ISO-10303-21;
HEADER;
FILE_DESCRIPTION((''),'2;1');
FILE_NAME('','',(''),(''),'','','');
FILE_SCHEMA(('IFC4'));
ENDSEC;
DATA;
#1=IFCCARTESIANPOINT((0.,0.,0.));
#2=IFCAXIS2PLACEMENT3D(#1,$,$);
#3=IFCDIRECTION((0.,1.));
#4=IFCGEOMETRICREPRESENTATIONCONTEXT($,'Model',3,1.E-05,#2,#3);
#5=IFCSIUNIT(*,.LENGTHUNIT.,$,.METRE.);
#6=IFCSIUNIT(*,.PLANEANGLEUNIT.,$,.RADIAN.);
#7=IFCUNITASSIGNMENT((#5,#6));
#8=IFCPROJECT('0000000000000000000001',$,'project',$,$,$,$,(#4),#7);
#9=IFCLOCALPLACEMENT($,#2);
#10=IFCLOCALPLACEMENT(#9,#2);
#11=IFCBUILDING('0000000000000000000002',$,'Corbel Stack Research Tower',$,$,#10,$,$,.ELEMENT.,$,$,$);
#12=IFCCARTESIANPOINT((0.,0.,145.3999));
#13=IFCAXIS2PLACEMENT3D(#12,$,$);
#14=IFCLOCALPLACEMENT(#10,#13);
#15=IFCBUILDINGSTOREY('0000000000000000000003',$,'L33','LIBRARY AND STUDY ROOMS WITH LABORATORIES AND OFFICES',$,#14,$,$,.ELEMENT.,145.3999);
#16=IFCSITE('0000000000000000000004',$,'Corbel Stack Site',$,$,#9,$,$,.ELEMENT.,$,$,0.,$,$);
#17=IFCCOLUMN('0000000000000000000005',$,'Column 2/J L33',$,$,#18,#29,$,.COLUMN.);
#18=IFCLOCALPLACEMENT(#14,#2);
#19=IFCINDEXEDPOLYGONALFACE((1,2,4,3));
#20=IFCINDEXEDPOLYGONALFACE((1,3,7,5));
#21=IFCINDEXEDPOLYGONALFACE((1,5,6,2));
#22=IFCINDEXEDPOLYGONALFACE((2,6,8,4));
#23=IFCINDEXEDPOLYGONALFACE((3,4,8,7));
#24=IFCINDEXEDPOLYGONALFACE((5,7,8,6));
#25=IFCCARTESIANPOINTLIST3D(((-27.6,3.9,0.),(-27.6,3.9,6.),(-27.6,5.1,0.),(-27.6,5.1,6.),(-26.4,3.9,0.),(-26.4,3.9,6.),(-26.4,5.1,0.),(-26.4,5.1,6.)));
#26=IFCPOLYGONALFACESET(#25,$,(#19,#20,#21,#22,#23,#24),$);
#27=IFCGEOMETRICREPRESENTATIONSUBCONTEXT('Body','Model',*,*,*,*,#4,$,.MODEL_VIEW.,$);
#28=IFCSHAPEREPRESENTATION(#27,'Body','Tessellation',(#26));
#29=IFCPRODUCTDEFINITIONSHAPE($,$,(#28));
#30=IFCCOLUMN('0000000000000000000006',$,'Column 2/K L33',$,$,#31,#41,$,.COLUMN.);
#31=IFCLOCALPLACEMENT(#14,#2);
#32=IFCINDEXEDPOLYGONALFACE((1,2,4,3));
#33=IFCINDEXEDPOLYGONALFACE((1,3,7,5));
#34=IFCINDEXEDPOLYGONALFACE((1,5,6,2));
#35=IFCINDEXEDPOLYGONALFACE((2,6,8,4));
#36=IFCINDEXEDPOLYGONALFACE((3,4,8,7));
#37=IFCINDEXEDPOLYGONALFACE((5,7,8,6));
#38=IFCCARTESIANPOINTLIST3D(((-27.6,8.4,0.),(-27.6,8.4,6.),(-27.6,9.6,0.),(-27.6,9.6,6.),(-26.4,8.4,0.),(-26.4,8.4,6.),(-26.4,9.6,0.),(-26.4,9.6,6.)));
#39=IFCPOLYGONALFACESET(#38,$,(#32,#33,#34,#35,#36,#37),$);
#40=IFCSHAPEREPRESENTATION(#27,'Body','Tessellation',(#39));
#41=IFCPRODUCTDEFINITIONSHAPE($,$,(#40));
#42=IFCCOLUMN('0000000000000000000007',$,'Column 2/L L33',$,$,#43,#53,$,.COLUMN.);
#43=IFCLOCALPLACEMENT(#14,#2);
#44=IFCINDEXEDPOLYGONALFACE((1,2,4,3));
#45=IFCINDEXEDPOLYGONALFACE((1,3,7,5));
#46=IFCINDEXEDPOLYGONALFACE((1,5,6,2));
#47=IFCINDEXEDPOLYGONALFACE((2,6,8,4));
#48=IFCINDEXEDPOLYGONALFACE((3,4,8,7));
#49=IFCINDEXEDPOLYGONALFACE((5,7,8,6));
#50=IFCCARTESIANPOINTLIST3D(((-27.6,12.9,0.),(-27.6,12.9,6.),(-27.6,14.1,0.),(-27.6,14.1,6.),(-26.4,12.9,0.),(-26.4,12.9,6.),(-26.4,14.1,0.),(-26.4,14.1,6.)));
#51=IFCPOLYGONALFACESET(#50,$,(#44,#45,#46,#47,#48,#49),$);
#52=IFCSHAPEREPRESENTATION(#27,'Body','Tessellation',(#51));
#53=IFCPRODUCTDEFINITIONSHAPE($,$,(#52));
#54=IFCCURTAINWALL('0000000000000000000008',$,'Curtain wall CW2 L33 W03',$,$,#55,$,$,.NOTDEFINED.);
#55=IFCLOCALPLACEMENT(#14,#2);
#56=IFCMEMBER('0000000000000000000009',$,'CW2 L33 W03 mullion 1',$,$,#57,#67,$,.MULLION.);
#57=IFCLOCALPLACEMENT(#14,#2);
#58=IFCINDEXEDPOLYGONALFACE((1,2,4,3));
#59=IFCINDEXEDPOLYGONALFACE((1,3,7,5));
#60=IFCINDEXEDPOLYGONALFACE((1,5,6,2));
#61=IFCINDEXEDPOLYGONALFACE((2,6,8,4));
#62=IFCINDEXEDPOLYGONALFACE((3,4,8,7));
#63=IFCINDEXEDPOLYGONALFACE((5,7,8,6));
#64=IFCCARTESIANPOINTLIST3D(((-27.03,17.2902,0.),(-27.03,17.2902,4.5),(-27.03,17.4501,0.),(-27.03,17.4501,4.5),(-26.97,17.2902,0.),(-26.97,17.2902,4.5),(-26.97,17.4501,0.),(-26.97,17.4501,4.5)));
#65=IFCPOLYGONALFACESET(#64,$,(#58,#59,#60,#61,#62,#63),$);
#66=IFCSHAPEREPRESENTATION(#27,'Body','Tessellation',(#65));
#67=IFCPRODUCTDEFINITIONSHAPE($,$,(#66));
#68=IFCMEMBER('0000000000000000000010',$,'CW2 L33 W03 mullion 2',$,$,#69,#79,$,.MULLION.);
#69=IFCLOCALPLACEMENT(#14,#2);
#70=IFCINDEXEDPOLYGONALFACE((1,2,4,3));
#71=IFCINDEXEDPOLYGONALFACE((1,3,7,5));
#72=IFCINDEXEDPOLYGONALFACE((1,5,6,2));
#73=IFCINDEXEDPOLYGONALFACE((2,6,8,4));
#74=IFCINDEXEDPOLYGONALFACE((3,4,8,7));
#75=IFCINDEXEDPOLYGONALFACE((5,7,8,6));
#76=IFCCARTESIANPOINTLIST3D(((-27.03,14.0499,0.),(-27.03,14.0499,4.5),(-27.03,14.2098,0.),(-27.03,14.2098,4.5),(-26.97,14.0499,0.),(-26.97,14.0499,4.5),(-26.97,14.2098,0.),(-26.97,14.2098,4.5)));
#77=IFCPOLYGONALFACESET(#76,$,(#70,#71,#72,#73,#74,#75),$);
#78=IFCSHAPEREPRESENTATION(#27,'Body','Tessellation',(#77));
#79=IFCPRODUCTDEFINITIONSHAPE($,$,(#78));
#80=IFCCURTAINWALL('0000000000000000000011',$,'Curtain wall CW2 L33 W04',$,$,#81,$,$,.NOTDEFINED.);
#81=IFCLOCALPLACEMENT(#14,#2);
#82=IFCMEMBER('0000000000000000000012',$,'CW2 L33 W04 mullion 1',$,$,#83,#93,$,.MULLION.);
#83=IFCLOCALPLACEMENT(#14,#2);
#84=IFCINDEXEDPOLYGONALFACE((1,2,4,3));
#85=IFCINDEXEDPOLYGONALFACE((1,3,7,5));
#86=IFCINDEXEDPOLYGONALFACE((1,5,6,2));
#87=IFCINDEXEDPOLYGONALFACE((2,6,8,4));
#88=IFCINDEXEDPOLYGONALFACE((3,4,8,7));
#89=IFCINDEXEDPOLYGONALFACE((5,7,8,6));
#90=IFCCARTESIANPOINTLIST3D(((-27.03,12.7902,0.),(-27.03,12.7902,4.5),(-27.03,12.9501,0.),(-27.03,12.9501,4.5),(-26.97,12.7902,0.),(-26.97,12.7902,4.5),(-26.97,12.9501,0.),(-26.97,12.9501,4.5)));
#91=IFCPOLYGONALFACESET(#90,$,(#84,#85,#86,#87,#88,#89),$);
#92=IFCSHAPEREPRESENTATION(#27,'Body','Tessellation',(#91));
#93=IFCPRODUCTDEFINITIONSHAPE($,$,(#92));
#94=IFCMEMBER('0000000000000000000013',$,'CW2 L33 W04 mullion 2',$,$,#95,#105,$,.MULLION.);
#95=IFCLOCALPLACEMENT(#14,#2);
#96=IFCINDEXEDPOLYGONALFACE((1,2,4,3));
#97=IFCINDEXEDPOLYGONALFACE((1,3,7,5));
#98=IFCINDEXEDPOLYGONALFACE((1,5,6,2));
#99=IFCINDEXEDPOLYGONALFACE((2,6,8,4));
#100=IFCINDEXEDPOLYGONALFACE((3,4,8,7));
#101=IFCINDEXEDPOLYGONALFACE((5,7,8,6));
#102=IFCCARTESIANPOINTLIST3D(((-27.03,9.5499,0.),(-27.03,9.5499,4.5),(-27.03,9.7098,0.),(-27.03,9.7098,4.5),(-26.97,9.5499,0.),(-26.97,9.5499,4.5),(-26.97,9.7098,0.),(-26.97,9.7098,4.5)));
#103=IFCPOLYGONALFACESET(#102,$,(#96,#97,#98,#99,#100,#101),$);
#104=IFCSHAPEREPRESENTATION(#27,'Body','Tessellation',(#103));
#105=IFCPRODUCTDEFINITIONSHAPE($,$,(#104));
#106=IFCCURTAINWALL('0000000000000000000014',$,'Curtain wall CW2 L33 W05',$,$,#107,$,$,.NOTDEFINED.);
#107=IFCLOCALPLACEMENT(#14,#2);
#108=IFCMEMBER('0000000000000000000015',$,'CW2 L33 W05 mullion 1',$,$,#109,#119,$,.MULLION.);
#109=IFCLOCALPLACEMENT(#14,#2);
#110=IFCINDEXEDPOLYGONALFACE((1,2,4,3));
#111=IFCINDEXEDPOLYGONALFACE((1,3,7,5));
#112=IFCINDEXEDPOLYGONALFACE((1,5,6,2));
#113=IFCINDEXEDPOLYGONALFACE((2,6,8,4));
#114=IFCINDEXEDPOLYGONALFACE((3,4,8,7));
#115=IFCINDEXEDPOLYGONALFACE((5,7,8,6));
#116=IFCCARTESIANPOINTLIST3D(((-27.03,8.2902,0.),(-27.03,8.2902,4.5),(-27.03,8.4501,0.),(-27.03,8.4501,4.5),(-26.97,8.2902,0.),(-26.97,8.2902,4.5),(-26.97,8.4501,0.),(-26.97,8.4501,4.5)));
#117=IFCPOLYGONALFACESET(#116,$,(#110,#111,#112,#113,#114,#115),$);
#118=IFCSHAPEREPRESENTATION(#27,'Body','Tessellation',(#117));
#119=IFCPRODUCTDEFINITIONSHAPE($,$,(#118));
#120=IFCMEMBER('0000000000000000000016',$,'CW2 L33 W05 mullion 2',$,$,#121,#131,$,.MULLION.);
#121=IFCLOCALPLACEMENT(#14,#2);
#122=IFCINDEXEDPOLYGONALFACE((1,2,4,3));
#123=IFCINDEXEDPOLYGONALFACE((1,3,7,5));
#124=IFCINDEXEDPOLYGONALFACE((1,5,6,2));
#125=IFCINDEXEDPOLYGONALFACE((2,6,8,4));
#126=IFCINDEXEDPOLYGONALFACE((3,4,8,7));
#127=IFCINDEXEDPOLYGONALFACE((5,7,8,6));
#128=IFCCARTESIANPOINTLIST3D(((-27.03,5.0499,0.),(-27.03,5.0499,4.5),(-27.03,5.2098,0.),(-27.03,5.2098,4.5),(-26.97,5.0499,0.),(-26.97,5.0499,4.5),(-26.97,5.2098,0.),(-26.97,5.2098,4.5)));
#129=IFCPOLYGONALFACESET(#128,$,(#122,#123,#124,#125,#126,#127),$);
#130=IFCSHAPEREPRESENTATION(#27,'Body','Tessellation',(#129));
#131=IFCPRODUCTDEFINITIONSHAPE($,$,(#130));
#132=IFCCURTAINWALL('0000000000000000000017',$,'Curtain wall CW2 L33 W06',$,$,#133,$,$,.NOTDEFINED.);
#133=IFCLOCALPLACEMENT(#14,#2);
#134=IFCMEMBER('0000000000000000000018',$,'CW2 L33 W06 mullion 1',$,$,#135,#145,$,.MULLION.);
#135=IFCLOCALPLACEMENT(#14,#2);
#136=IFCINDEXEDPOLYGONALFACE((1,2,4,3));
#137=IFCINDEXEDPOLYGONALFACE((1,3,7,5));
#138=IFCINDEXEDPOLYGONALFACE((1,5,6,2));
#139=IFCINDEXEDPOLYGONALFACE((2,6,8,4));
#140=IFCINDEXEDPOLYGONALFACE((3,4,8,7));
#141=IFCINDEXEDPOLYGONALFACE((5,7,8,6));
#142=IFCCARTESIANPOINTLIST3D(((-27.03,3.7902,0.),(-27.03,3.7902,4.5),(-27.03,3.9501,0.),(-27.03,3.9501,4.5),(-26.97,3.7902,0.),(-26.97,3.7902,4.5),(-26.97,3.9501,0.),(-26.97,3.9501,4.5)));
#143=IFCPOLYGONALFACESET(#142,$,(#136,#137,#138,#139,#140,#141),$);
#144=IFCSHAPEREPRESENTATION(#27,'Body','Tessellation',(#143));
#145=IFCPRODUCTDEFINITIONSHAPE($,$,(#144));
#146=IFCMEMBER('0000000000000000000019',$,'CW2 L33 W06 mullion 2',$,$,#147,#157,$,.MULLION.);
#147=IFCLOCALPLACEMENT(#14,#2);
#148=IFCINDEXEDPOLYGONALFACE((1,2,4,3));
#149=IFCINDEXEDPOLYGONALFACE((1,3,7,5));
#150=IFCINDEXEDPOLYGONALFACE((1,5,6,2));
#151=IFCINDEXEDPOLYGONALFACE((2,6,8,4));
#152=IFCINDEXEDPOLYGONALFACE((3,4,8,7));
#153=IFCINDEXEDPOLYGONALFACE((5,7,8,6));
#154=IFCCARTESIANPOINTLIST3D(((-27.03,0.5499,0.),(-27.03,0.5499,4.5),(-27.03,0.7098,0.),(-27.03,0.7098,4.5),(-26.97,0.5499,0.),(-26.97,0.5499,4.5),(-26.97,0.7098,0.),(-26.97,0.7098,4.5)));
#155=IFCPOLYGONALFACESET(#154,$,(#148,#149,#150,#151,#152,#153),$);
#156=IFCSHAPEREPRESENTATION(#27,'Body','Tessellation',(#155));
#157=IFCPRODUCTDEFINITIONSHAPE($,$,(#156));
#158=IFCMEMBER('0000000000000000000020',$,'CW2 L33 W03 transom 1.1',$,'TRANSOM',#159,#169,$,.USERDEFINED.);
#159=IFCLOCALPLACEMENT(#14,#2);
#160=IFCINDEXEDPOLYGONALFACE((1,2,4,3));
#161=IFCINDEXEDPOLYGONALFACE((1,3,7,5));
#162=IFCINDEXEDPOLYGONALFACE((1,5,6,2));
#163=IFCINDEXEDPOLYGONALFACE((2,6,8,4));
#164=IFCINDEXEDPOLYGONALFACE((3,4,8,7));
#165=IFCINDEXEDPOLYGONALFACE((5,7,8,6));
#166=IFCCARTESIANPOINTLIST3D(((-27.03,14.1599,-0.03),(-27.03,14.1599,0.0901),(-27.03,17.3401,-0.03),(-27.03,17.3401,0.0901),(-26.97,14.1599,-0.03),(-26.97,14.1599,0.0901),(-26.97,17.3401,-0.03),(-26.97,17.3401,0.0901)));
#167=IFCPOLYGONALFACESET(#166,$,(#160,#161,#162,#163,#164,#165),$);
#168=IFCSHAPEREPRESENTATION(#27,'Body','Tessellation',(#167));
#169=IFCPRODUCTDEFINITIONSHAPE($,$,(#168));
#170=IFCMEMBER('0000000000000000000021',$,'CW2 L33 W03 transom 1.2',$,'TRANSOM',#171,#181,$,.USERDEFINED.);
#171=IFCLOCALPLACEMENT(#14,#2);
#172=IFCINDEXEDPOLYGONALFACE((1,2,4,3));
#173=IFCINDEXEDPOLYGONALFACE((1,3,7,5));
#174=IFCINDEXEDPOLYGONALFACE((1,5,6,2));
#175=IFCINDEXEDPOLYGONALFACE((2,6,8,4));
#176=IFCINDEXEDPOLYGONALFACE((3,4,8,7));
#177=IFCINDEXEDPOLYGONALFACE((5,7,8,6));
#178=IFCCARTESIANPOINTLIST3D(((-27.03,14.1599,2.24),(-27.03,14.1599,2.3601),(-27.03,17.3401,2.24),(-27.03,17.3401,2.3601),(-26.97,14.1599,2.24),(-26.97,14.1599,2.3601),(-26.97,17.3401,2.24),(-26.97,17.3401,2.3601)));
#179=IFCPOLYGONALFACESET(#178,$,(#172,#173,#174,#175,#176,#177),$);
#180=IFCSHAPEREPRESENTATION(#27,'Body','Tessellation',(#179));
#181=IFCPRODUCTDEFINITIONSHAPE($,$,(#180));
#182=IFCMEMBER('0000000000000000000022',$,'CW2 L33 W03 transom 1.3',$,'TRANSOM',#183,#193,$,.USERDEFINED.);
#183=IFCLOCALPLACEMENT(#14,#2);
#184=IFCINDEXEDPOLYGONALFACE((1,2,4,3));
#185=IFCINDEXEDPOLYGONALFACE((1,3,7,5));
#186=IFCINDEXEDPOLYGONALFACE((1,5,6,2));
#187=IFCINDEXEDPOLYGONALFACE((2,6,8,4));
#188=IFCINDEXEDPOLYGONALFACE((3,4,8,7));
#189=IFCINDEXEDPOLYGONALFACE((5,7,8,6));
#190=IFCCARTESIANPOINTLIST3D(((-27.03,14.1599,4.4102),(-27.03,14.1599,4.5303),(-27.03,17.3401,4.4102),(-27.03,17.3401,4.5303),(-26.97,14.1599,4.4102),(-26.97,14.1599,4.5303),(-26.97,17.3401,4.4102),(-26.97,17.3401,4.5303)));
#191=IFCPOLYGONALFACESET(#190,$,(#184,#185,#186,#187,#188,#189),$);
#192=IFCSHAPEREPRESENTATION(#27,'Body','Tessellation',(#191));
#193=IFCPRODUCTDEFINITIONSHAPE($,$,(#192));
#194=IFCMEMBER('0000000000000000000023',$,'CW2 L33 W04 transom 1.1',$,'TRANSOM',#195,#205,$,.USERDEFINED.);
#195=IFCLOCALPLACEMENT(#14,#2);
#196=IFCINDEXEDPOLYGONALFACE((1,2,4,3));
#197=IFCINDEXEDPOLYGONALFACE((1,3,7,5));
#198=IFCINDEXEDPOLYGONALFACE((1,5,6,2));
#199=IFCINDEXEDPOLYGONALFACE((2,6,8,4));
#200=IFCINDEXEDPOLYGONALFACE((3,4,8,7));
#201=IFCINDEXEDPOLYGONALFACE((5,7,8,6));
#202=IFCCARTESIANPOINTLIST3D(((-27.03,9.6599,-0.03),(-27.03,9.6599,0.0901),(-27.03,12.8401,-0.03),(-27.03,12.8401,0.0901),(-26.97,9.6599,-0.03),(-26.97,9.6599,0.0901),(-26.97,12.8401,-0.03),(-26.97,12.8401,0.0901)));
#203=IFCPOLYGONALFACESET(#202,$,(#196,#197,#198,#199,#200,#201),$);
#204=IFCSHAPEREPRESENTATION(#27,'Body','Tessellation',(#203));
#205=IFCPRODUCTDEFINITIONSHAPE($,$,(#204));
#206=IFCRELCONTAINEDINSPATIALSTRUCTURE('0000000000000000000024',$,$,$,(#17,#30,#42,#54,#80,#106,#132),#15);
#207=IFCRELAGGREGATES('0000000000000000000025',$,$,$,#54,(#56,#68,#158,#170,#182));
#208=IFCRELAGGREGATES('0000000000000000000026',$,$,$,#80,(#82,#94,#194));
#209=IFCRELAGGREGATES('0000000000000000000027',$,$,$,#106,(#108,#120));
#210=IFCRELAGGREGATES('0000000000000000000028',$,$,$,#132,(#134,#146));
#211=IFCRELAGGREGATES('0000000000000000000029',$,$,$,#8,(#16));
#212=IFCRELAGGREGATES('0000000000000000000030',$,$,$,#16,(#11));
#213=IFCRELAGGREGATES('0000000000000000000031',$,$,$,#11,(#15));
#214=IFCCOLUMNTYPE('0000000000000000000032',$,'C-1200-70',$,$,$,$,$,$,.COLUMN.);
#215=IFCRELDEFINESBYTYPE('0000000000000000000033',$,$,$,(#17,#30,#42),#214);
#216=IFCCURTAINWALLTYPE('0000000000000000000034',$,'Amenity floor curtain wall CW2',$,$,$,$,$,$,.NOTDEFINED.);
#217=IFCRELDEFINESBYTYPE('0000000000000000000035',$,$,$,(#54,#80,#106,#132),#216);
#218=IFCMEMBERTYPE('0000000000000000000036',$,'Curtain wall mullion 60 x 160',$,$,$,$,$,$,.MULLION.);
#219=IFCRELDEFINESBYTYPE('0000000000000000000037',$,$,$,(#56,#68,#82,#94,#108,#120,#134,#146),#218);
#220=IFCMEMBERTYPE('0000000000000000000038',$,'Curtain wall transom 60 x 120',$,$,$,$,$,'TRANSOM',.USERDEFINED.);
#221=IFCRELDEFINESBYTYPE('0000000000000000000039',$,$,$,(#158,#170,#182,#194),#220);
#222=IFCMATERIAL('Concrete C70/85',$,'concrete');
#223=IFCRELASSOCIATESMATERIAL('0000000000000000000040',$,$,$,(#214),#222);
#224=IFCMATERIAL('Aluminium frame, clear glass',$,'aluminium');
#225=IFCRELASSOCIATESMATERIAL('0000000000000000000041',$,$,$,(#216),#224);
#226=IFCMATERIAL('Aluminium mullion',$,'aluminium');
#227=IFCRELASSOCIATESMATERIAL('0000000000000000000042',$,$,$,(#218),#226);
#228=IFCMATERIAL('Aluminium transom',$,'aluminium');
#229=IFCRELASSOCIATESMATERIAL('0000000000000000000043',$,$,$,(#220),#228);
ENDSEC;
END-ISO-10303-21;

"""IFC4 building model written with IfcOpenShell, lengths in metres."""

from ifc_helpers import new_model, si_unit, direction, frame, origin, origin_2d, place, context, subcontext, project, spatial, rectangle, extrude, material, material_profile, profile_set, type_object, element, aggregate, save


model = new_model("IFC4")

# Units and contexts
model_context = context("Model", 3, precision=1e-05, world=origin(), true_north=direction((0.0, 1.0)))
body_context = subcontext(model_context, "Body", "Model", "MODEL_VIEW")
ifc_project = project(units=[si_unit("LENGTHUNIT", "METRE"), si_unit("PLANEANGLEUNIT", "RADIAN")], contexts=[model_context])

# Site, building, storey
site_placement = place(None, origin())
site = spatial("IfcSite", under=ifc_project, at=site_placement, Name="Corbel Stack Site", CompositionType="ELEMENT", RefElevation=0.0)
building_placement = place(site_placement, origin())
building = spatial("IfcBuilding", under=site, at=building_placement, Name="Corbel Stack Research Tower", CompositionType="ELEMENT")
storey_placement = place(building_placement, frame((0.0, 0.0, 145.3999)))
storey = spatial("IfcBuildingStorey", under=building, at=storey_placement, Name="L33", Description="LIBRARY AND STUDY ROOMS WITH LABORATORIES AND OFFICES", CompositionType="ELEMENT", Elevation=145.3999)

# Columns
ifc_material_1 = material(Name="Concrete C70/85", Category="concrete")
ifc_material_profile_1 = material_profile(ifc_material_1, rectangle(XDim=1.2, YDim=1.2, at=origin_2d()), Name="RC 1200 x 1200")
ifc_profile_set_1 = profile_set([ifc_material_profile_1], Name="Concrete C70/85")
column_type = type_object("IfcColumnType", Name="C-1200-70", PredefinedType="COLUMN", material=ifc_profile_set_1)
for number, where, z_axis, x_axis, name in (
    (1, (-27.0, 4.5, 0.0), (0.0, 0.0, 1.0), (1.0, 0.0, 0.0), "Column 2/J L33"),
    (2, (-27.0, 9.0, 0.0), (0.0, 0.0, 1.0), (1.0, 0.0, 0.0), "Column 2/K L33"),
    (3, (-27.0, 13.5, 0.0), (0.0, 0.0, 1.0), (1.0, 0.0, 0.0), "Column 2/L L33"),
):
    element("IfcColumn", number, at=place(storey_placement, frame(where, z_axis=z_axis, x_axis=x_axis)), inside=storey, type_object=column_type, Name=name, PredefinedType="COLUMN", context=body_context, shape_type="SweptSolid", body=[
        extrude(rectangle(XDim=1.2, YDim=1.2, at=origin_2d()), origin(), (0.0, 0.0, 1.0), 6.0),
    ])

# Curtain walls, members
ifc_material_2 = material(Name="Aluminium frame, clear glass", Category="aluminium")
curtain_wall_type = type_object("IfcCurtainWallType", Name="Amenity floor curtain wall CW2", PredefinedType="NOTDEFINED", material=ifc_material_2)
curtain_wall_1_placement = place(storey_placement, origin())
curtain_wall_1 = element("IfcCurtainWall", 4, at=curtain_wall_1_placement, inside=storey, type_object=curtain_wall_type, Name="Curtain wall CW2 L33 W03", PredefinedType="NOTDEFINED")
ifc_material_3 = material(Name="Aluminium mullion", Category="aluminium")
ifc_material_profile_2 = material_profile(ifc_material_3, rectangle(XDim=0.0601, YDim=0.1599, at=origin_2d()), Name="Mullion 60 x 160")
ifc_profile_set_2 = profile_set([ifc_material_profile_2], Name="Aluminium mullion")
member_type_1 = type_object("IfcMemberType", Name="Curtain wall mullion 60 x 160", PredefinedType="MULLION", material=ifc_profile_set_2)
member_1_placement = place(storey_placement, frame((-27.0, 17.3701, 0.0), z_axis=(0.0, 0.0, 1.0), x_axis=(1.0, 0.0, 0.0)))
member_1 = element("IfcMember", 5, at=member_1_placement, type_object=member_type_1, Name="CW2 L33 W03 mullion 1", PredefinedType="MULLION", context=body_context, shape_type="SweptSolid", body=[
    extrude(rectangle(XDim=0.0601, YDim=0.1599, at=origin_2d()), origin(), (0.0, 0.0, 1.0), 4.5),
])
member_2_placement = place(storey_placement, frame((-27.0, 14.1299, 0.0), z_axis=(0.0, 0.0, 1.0), x_axis=(1.0, 0.0, 0.0)))
member_2 = element("IfcMember", 6, at=member_2_placement, type_object=member_type_1, Name="CW2 L33 W03 mullion 2", PredefinedType="MULLION", context=body_context, shape_type="SweptSolid", body=[
    extrude(rectangle(XDim=0.0601, YDim=0.1599, at=origin_2d()), origin(), (0.0, 0.0, 1.0), 4.5),
])
curtain_wall_2_placement = place(storey_placement, origin())
curtain_wall_2 = element("IfcCurtainWall", 7, at=curtain_wall_2_placement, inside=storey, type_object=curtain_wall_type, Name="Curtain wall CW2 L33 W04", PredefinedType="NOTDEFINED")
member_3_placement = place(storey_placement, frame((-27.0, 12.8701, 0.0), z_axis=(0.0, 0.0, 1.0), x_axis=(1.0, 0.0, 0.0)))
member_3 = element("IfcMember", 8, at=member_3_placement, type_object=member_type_1, Name="CW2 L33 W04 mullion 1", PredefinedType="MULLION", context=body_context, shape_type="SweptSolid", body=[
    extrude(rectangle(XDim=0.0601, YDim=0.1599, at=origin_2d()), origin(), (0.0, 0.0, 1.0), 4.5),
])
member_4_placement = place(storey_placement, frame((-27.0, 9.6299, 0.0), z_axis=(0.0, 0.0, 1.0), x_axis=(1.0, 0.0, 0.0)))
member_4 = element("IfcMember", 9, at=member_4_placement, type_object=member_type_1, Name="CW2 L33 W04 mullion 2", PredefinedType="MULLION", context=body_context, shape_type="SweptSolid", body=[
    extrude(rectangle(XDim=0.0601, YDim=0.1599, at=origin_2d()), origin(), (0.0, 0.0, 1.0), 4.5),
])
curtain_wall_3_placement = place(storey_placement, origin())
curtain_wall_3 = element("IfcCurtainWall", 10, at=curtain_wall_3_placement, inside=storey, type_object=curtain_wall_type, Name="Curtain wall CW2 L33 W05", PredefinedType="NOTDEFINED")
member_5_placement = place(storey_placement, frame((-27.0, 8.3701, 0.0), z_axis=(0.0, 0.0, 1.0), x_axis=(1.0, 0.0, 0.0)))
member_5 = element("IfcMember", 11, at=member_5_placement, type_object=member_type_1, Name="CW2 L33 W05 mullion 1", PredefinedType="MULLION", context=body_context, shape_type="SweptSolid", body=[
    extrude(rectangle(XDim=0.0601, YDim=0.1599, at=origin_2d()), origin(), (0.0, 0.0, 1.0), 4.5),
])
member_6_placement = place(storey_placement, frame((-27.0, 5.1299, 0.0), z_axis=(0.0, 0.0, 1.0), x_axis=(1.0, 0.0, 0.0)))
member_6 = element("IfcMember", 12, at=member_6_placement, type_object=member_type_1, Name="CW2 L33 W05 mullion 2", PredefinedType="MULLION", context=body_context, shape_type="SweptSolid", body=[
    extrude(rectangle(XDim=0.0601, YDim=0.1599, at=origin_2d()), origin(), (0.0, 0.0, 1.0), 4.5),
])
curtain_wall_4_placement = place(storey_placement, origin())
curtain_wall_4 = element("IfcCurtainWall", 13, at=curtain_wall_4_placement, inside=storey, type_object=curtain_wall_type, Name="Curtain wall CW2 L33 W06", PredefinedType="NOTDEFINED")
member_7_placement = place(storey_placement, frame((-27.0, 3.8701, 0.0), z_axis=(0.0, 0.0, 1.0), x_axis=(1.0, 0.0, 0.0)))
member_7 = element("IfcMember", 14, at=member_7_placement, type_object=member_type_1, Name="CW2 L33 W06 mullion 1", PredefinedType="MULLION", context=body_context, shape_type="SweptSolid", body=[
    extrude(rectangle(XDim=0.0601, YDim=0.1599, at=origin_2d()), origin(), (0.0, 0.0, 1.0), 4.5),
])
member_8_placement = place(storey_placement, frame((-27.0, 0.6299, 0.0), z_axis=(0.0, 0.0, 1.0), x_axis=(1.0, 0.0, 0.0)))
member_8 = element("IfcMember", 15, at=member_8_placement, type_object=member_type_1, Name="CW2 L33 W06 mullion 2", PredefinedType="MULLION", context=body_context, shape_type="SweptSolid", body=[
    extrude(rectangle(XDim=0.0601, YDim=0.1599, at=origin_2d()), origin(), (0.0, 0.0, 1.0), 4.5),
])

# Members
ifc_material_4 = material(Name="Aluminium transom", Category="aluminium")
ifc_material_profile_3 = material_profile(ifc_material_4, rectangle(XDim=0.0601, YDim=0.1201, at=origin_2d()), Name="Transom 60 x 120")
ifc_profile_set_3 = profile_set([ifc_material_profile_3], Name="Aluminium transom")
member_type_2 = type_object("IfcMemberType", Name="Curtain wall transom 60 x 120", ElementType="TRANSOM", PredefinedType="USERDEFINED", material=ifc_profile_set_3)
member_9_placement = place(storey_placement, frame((-27.0, 17.3401, 0.03), z_axis=(0.0, -1.0, 0.0), x_axis=(1.0, 0.0, 0.0)))
member_9 = element("IfcMember", 16, at=member_9_placement, type_object=member_type_2, Name="CW2 L33 W03 transom 1.1", ObjectType="TRANSOM", PredefinedType="USERDEFINED", context=body_context, shape_type="SweptSolid", body=[
    extrude(rectangle(XDim=0.0601, YDim=0.1201, at=origin_2d()), origin(), (0.0, 0.0, 1.0), 3.1802),
])
member_10_placement = place(storey_placement, frame((-27.0, 17.3401, 2.3), z_axis=(0.0, -1.0, 0.0), x_axis=(1.0, 0.0, 0.0)))
member_10 = element("IfcMember", 17, at=member_10_placement, type_object=member_type_2, Name="CW2 L33 W03 transom 1.2", ObjectType="TRANSOM", PredefinedType="USERDEFINED", context=body_context, shape_type="SweptSolid", body=[
    extrude(rectangle(XDim=0.0601, YDim=0.1201, at=origin_2d()), origin(), (0.0, 0.0, 1.0), 3.1802),
])
member_11_placement = place(storey_placement, frame((-27.0, 17.3401, 4.4702), z_axis=(0.0, -1.0, 0.0), x_axis=(1.0, 0.0, 0.0)))
member_11 = element("IfcMember", 18, at=member_11_placement, type_object=member_type_2, Name="CW2 L33 W03 transom 1.3", ObjectType="TRANSOM", PredefinedType="USERDEFINED", context=body_context, shape_type="SweptSolid", body=[
    extrude(rectangle(XDim=0.0601, YDim=0.1201, at=origin_2d()), origin(), (0.0, 0.0, 1.0), 3.1802),
])
member_12_placement = place(storey_placement, frame((-27.0, 12.8401, 0.03), z_axis=(0.0, -1.0, 0.0), x_axis=(1.0, 0.0, 0.0)))
member_12 = element("IfcMember", 19, at=member_12_placement, type_object=member_type_2, Name="CW2 L33 W04 transom 1.1", ObjectType="TRANSOM", PredefinedType="USERDEFINED", context=body_context, shape_type="SweptSolid", body=[
    extrude(rectangle(XDim=0.0601, YDim=0.1201, at=origin_2d()), origin(), (0.0, 0.0, 1.0), 3.1802),
])

aggregate(curtain_wall_1, [member_1, member_2, member_9, member_10, member_11])
aggregate(curtain_wall_2, [member_3, member_4, member_12])
aggregate(curtain_wall_3, [member_5, member_6])
aggregate(curtain_wall_4, [member_7, member_8])

save(model, "model.ifc")
